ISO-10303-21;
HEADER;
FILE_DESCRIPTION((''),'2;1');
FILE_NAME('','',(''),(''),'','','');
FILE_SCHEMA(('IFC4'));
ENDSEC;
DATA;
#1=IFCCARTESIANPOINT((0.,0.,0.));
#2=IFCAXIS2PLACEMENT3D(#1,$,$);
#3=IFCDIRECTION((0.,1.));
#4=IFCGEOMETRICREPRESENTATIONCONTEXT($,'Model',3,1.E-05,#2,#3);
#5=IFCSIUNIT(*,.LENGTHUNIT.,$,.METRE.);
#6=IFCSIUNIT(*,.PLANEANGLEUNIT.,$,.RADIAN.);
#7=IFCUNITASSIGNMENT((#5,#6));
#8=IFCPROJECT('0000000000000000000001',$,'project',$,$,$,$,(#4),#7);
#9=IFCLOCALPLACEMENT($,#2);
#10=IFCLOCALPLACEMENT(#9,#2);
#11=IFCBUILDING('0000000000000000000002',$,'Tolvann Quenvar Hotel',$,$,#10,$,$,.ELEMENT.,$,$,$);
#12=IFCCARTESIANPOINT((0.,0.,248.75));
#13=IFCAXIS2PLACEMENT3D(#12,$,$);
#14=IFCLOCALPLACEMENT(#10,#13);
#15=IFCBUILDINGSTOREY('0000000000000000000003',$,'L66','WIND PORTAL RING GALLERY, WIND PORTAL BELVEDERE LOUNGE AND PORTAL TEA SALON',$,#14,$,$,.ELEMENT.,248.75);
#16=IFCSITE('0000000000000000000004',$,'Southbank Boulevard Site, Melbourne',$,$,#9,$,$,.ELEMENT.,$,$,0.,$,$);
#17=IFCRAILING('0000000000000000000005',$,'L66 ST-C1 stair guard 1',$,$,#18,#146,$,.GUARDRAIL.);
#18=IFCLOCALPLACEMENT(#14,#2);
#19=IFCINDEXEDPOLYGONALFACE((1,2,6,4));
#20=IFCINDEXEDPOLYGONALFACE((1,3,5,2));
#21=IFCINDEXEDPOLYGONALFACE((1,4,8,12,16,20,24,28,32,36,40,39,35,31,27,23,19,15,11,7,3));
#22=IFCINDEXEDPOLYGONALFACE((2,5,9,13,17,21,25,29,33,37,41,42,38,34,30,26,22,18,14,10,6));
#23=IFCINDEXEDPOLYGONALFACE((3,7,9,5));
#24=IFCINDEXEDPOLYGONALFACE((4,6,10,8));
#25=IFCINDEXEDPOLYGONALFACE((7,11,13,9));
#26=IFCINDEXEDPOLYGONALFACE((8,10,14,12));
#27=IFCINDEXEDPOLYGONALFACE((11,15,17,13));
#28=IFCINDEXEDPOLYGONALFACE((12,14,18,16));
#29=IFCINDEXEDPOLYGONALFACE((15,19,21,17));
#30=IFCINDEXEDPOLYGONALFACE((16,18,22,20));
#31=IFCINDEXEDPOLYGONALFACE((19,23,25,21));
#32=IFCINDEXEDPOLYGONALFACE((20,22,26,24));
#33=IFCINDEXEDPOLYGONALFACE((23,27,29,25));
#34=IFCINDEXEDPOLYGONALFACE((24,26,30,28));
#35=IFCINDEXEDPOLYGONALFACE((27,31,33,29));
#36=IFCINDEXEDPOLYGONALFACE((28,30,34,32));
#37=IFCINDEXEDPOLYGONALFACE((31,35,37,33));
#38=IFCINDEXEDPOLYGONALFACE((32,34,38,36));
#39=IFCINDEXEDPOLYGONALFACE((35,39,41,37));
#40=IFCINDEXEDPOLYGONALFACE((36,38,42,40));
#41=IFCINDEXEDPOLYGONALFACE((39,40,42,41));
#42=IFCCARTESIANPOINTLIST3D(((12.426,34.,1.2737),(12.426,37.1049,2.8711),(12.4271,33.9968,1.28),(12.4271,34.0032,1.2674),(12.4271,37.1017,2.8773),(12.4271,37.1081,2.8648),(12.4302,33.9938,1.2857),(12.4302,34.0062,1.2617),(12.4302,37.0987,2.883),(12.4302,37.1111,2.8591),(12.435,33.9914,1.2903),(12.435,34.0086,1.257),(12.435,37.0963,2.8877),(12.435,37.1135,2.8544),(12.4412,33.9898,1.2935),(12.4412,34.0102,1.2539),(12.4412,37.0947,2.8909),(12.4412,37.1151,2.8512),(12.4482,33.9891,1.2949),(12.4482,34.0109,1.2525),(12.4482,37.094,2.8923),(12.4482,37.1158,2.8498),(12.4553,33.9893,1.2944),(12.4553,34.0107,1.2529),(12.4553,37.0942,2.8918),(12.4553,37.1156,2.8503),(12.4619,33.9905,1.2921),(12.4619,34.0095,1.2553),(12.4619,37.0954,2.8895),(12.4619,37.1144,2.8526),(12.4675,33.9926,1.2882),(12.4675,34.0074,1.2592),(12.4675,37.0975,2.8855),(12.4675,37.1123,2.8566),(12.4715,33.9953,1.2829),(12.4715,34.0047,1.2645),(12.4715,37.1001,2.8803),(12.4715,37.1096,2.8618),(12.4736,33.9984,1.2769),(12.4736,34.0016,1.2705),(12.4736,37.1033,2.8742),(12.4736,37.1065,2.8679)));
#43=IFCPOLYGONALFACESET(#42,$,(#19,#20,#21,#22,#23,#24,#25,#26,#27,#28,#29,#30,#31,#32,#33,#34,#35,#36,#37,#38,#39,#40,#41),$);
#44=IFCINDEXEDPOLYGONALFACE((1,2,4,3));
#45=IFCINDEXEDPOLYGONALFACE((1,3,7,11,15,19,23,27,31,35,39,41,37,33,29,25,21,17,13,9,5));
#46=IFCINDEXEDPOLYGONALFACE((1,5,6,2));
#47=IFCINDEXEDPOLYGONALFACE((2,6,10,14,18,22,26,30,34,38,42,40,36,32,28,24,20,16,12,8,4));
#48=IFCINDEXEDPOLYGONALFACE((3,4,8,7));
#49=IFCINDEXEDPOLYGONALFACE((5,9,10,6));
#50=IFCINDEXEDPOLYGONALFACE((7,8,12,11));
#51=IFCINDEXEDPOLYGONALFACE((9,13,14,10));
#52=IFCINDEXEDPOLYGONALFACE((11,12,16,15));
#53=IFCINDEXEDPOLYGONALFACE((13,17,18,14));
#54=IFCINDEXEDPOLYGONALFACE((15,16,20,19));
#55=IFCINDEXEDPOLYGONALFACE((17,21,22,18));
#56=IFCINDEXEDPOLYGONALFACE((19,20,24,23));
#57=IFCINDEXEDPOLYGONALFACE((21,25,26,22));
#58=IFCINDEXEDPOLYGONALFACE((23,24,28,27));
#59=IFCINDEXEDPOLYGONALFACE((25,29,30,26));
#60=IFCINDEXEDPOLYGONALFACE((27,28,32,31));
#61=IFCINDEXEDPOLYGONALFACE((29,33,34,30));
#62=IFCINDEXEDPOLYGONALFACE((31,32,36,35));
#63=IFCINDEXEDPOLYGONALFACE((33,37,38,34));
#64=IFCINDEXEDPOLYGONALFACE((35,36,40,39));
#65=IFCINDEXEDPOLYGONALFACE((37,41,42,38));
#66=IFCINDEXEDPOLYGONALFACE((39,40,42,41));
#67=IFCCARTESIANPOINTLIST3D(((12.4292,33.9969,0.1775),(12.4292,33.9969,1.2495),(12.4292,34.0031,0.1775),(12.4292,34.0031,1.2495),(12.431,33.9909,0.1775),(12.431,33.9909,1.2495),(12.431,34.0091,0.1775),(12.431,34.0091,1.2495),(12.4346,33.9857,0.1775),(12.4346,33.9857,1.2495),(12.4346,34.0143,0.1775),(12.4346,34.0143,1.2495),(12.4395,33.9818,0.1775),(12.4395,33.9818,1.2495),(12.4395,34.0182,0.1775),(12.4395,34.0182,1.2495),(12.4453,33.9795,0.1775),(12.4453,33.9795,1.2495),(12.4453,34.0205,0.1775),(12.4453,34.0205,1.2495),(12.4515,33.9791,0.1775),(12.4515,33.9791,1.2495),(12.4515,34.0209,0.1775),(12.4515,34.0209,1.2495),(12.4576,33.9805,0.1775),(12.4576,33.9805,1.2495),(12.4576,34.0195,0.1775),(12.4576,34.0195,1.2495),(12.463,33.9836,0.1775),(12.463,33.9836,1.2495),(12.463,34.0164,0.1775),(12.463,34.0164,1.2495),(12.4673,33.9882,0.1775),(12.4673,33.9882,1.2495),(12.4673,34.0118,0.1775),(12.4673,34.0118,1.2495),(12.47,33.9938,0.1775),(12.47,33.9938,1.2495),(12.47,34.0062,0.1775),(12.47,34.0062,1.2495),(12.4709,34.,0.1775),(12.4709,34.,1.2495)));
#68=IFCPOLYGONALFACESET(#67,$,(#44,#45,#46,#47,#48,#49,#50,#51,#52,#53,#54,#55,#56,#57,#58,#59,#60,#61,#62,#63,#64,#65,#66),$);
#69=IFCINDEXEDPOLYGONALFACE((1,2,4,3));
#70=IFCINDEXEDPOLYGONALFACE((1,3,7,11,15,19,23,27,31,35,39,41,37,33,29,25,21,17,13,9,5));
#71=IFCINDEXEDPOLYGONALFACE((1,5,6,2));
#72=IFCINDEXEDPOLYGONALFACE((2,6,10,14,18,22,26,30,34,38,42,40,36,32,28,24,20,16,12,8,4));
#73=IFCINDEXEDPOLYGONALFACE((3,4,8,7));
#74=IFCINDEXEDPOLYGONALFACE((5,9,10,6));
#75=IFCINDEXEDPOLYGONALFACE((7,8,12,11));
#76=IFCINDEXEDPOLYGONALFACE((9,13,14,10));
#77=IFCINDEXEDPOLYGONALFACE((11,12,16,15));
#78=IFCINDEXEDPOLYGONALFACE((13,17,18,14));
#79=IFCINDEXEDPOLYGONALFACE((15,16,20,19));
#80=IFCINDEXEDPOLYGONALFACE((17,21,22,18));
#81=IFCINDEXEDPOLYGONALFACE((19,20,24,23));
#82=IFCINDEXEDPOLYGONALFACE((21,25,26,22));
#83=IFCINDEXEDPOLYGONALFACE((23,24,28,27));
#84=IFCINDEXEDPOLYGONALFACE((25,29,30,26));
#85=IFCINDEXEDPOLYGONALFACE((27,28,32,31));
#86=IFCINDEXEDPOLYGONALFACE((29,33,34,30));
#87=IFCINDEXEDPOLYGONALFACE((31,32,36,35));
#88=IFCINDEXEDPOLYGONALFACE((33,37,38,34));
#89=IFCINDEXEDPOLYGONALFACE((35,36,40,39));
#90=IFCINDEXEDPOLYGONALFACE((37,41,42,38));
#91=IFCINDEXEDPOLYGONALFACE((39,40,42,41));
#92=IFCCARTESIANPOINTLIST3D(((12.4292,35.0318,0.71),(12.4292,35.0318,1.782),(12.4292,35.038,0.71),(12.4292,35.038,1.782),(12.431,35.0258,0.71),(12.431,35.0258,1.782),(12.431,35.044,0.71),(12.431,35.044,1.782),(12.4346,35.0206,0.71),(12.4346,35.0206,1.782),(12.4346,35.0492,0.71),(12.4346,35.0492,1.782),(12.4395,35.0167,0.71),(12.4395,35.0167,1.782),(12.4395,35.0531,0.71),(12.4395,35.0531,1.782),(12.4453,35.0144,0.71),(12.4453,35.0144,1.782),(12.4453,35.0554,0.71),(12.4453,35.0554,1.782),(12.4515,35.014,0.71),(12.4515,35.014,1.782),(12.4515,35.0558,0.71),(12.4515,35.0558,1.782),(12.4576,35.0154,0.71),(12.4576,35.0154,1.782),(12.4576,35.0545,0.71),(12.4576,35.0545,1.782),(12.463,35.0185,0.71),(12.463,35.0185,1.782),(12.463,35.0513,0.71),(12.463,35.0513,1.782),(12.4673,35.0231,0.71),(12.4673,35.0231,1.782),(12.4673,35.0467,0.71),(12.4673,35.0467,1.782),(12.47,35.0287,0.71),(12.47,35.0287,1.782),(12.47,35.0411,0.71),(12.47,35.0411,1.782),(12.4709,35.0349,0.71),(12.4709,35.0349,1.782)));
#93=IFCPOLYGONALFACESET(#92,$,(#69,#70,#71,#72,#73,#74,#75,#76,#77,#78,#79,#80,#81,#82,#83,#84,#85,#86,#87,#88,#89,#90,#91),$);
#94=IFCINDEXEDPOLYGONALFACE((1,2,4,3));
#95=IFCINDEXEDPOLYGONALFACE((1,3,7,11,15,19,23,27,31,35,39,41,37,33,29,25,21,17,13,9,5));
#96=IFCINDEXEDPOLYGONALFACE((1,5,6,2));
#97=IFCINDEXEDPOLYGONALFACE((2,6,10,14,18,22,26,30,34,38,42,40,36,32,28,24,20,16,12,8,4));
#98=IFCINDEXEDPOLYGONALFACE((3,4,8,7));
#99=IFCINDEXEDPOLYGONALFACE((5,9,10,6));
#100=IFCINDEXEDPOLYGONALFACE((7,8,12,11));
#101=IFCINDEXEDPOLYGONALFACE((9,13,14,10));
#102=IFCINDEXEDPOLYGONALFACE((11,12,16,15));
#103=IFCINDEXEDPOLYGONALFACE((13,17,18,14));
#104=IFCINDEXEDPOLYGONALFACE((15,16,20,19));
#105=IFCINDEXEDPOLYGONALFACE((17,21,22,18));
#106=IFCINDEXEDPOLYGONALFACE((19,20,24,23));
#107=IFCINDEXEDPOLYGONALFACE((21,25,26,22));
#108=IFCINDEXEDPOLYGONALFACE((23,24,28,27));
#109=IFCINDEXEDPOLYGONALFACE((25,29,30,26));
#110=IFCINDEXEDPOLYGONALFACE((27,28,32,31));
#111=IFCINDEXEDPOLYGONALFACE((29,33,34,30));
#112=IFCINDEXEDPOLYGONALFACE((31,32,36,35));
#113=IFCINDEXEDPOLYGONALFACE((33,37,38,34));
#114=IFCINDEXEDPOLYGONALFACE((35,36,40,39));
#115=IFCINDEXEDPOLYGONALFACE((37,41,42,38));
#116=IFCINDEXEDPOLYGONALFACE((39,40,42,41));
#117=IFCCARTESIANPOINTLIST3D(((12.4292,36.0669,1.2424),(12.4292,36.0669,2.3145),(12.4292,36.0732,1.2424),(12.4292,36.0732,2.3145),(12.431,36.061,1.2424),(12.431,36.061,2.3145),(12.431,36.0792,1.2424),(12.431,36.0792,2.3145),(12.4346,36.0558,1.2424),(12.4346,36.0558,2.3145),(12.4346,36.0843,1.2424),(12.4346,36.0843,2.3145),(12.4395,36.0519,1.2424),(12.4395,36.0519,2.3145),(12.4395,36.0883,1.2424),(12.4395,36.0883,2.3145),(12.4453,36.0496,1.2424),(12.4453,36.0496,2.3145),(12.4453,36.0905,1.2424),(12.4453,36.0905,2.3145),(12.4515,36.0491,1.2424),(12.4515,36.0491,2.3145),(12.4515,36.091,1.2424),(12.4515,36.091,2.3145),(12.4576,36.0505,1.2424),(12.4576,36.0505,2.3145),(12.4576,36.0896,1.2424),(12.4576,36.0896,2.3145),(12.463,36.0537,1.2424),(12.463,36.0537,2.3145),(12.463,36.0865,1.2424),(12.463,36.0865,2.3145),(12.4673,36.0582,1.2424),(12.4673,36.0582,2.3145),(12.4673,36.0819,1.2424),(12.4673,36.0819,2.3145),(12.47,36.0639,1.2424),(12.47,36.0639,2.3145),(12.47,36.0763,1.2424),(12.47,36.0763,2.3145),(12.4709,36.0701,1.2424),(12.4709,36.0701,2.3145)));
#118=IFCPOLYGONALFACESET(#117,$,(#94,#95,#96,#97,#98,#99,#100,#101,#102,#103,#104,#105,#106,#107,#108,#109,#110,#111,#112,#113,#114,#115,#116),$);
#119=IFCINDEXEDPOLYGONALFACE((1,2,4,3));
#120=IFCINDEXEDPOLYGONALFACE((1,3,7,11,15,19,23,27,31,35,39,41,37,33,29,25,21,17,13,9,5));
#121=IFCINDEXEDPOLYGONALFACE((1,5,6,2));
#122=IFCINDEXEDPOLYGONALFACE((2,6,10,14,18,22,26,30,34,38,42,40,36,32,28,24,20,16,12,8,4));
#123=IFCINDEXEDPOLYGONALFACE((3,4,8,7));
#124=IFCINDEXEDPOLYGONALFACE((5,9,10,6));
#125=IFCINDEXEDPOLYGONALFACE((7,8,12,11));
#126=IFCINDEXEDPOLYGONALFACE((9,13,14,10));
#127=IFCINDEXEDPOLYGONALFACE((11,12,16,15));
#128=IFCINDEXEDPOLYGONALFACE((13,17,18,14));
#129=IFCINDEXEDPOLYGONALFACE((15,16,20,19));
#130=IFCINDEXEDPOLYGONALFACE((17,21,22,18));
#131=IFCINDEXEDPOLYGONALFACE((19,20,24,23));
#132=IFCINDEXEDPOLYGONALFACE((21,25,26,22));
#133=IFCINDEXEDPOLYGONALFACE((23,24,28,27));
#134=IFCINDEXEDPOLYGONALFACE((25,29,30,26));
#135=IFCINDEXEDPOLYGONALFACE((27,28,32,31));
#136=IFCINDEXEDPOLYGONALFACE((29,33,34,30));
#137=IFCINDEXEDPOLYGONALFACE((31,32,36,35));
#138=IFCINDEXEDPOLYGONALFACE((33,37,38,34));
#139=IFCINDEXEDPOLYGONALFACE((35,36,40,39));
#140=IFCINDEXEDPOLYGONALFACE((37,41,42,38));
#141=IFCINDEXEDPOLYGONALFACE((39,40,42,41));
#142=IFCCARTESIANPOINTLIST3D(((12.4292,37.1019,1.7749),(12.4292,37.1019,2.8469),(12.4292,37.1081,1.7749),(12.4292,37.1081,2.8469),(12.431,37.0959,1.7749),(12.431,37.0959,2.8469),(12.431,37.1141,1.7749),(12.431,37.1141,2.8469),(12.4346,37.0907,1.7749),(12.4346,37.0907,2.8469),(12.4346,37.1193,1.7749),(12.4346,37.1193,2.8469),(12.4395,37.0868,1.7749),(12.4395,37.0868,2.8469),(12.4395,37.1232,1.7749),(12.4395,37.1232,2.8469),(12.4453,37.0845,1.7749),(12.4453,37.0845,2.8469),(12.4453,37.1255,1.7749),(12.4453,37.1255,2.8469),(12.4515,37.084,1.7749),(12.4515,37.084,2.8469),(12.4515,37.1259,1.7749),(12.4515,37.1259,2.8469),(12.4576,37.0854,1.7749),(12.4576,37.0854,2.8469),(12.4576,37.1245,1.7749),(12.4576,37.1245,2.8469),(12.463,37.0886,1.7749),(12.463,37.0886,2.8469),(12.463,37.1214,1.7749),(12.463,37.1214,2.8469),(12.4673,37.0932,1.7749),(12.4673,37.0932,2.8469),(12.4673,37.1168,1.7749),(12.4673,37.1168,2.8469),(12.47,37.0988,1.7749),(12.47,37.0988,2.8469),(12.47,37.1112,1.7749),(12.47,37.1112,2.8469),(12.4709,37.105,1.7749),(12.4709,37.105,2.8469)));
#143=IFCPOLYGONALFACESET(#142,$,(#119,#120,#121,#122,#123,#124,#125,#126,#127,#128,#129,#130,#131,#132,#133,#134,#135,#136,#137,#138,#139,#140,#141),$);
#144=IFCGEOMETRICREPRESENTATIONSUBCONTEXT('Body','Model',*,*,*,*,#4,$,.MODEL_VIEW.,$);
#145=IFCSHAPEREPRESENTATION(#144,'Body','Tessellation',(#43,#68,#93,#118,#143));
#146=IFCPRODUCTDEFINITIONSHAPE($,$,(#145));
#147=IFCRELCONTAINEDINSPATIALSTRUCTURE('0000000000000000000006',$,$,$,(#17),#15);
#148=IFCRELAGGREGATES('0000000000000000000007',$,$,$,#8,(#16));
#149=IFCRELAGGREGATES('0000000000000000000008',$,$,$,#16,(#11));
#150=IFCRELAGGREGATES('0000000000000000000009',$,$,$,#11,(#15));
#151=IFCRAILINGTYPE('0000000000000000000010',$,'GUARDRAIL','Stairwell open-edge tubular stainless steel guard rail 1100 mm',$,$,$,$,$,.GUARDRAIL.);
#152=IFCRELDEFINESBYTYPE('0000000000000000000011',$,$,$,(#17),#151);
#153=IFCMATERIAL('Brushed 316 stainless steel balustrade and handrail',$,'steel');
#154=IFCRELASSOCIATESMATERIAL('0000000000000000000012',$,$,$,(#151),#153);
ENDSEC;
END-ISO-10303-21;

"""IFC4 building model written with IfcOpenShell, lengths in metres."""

from ifc_helpers import new_model, si_unit, direction, frame, origin, origin_2d, place, context, subcontext, project, spatial, circle, extrude, material, type_object, element, save


model = new_model("IFC4")

# Units and contexts
model_context = context("Model", 3, precision=1e-05, world=origin(), true_north=direction((0.0, 1.0)))
body_context = subcontext(model_context, "Body", "Model", "MODEL_VIEW")
ifc_project = project(units=[si_unit("LENGTHUNIT", "METRE"), si_unit("PLANEANGLEUNIT", "RADIAN")], contexts=[model_context])

# Site, building, storey
site_placement = place(None, origin())
site = spatial("IfcSite", under=ifc_project, at=site_placement, Name="Southbank Boulevard Site, Melbourne", CompositionType="ELEMENT", RefElevation=0.0)
building_placement = place(site_placement, origin())
building = spatial("IfcBuilding", under=site, at=building_placement, Name="Tolvann Quenvar Hotel", CompositionType="ELEMENT")
storey_placement = place(building_placement, frame((0.0, 0.0, 248.75)))
storey = spatial("IfcBuildingStorey", under=building, at=storey_placement, Name="L66", Description="WIND PORTAL RING GALLERY, WIND PORTAL BELVEDERE LOUNGE AND PORTAL TEA SALON", CompositionType="ELEMENT", Elevation=248.75)

# Railing
ifc_material_1 = material(Name="Brushed 316 stainless steel balustrade and handrail", Category="steel")
railing_type_1 = type_object("IfcRailingType", Name="GUARDRAIL", Description="Stairwell open-edge tubular stainless steel guard rail 1100 mm", PredefinedType="GUARDRAIL", material=ifc_material_1)
railing_1_placement = place(storey_placement, frame((12.45, 34.0, 0.1775)))
element("IfcRailing", 1, at=railing_1_placement, inside=storey, type_object=railing_type_1, Name="L66 ST-C1 stair guard 1", PredefinedType="GUARDRAIL", context=body_context, shape_type="SweptSolid", body=[
    extrude(circle(Radius=0.0239, at=origin_2d()), frame((0.0, 0.0, 1.0962), z_axis=(0.0, 0.889222, 0.457476), x_axis=(-1.0, 0.0, 0.0)), (0.0, 0.0, 1.0), 3.4917),
    extrude(circle(Radius=0.021, at=origin_2d()), origin(), (0.0, 0.0, 1.0), 1.072),
    extrude(circle(Radius=0.021, at=origin_2d()), frame((0.0, 1.0349, 0.5325)), (0.0, 0.0, 1.0), 1.072),
    extrude(circle(Radius=0.021, at=origin_2d()), frame((0.0, 2.0701, 1.0649)), (0.0, 0.0, 1.0), 1.072),
    extrude(circle(Radius=0.021, at=origin_2d()), frame((0.0, 3.105, 1.5974)), (0.0, 0.0, 1.0), 1.072),
])

save(model, "model.ifc")
